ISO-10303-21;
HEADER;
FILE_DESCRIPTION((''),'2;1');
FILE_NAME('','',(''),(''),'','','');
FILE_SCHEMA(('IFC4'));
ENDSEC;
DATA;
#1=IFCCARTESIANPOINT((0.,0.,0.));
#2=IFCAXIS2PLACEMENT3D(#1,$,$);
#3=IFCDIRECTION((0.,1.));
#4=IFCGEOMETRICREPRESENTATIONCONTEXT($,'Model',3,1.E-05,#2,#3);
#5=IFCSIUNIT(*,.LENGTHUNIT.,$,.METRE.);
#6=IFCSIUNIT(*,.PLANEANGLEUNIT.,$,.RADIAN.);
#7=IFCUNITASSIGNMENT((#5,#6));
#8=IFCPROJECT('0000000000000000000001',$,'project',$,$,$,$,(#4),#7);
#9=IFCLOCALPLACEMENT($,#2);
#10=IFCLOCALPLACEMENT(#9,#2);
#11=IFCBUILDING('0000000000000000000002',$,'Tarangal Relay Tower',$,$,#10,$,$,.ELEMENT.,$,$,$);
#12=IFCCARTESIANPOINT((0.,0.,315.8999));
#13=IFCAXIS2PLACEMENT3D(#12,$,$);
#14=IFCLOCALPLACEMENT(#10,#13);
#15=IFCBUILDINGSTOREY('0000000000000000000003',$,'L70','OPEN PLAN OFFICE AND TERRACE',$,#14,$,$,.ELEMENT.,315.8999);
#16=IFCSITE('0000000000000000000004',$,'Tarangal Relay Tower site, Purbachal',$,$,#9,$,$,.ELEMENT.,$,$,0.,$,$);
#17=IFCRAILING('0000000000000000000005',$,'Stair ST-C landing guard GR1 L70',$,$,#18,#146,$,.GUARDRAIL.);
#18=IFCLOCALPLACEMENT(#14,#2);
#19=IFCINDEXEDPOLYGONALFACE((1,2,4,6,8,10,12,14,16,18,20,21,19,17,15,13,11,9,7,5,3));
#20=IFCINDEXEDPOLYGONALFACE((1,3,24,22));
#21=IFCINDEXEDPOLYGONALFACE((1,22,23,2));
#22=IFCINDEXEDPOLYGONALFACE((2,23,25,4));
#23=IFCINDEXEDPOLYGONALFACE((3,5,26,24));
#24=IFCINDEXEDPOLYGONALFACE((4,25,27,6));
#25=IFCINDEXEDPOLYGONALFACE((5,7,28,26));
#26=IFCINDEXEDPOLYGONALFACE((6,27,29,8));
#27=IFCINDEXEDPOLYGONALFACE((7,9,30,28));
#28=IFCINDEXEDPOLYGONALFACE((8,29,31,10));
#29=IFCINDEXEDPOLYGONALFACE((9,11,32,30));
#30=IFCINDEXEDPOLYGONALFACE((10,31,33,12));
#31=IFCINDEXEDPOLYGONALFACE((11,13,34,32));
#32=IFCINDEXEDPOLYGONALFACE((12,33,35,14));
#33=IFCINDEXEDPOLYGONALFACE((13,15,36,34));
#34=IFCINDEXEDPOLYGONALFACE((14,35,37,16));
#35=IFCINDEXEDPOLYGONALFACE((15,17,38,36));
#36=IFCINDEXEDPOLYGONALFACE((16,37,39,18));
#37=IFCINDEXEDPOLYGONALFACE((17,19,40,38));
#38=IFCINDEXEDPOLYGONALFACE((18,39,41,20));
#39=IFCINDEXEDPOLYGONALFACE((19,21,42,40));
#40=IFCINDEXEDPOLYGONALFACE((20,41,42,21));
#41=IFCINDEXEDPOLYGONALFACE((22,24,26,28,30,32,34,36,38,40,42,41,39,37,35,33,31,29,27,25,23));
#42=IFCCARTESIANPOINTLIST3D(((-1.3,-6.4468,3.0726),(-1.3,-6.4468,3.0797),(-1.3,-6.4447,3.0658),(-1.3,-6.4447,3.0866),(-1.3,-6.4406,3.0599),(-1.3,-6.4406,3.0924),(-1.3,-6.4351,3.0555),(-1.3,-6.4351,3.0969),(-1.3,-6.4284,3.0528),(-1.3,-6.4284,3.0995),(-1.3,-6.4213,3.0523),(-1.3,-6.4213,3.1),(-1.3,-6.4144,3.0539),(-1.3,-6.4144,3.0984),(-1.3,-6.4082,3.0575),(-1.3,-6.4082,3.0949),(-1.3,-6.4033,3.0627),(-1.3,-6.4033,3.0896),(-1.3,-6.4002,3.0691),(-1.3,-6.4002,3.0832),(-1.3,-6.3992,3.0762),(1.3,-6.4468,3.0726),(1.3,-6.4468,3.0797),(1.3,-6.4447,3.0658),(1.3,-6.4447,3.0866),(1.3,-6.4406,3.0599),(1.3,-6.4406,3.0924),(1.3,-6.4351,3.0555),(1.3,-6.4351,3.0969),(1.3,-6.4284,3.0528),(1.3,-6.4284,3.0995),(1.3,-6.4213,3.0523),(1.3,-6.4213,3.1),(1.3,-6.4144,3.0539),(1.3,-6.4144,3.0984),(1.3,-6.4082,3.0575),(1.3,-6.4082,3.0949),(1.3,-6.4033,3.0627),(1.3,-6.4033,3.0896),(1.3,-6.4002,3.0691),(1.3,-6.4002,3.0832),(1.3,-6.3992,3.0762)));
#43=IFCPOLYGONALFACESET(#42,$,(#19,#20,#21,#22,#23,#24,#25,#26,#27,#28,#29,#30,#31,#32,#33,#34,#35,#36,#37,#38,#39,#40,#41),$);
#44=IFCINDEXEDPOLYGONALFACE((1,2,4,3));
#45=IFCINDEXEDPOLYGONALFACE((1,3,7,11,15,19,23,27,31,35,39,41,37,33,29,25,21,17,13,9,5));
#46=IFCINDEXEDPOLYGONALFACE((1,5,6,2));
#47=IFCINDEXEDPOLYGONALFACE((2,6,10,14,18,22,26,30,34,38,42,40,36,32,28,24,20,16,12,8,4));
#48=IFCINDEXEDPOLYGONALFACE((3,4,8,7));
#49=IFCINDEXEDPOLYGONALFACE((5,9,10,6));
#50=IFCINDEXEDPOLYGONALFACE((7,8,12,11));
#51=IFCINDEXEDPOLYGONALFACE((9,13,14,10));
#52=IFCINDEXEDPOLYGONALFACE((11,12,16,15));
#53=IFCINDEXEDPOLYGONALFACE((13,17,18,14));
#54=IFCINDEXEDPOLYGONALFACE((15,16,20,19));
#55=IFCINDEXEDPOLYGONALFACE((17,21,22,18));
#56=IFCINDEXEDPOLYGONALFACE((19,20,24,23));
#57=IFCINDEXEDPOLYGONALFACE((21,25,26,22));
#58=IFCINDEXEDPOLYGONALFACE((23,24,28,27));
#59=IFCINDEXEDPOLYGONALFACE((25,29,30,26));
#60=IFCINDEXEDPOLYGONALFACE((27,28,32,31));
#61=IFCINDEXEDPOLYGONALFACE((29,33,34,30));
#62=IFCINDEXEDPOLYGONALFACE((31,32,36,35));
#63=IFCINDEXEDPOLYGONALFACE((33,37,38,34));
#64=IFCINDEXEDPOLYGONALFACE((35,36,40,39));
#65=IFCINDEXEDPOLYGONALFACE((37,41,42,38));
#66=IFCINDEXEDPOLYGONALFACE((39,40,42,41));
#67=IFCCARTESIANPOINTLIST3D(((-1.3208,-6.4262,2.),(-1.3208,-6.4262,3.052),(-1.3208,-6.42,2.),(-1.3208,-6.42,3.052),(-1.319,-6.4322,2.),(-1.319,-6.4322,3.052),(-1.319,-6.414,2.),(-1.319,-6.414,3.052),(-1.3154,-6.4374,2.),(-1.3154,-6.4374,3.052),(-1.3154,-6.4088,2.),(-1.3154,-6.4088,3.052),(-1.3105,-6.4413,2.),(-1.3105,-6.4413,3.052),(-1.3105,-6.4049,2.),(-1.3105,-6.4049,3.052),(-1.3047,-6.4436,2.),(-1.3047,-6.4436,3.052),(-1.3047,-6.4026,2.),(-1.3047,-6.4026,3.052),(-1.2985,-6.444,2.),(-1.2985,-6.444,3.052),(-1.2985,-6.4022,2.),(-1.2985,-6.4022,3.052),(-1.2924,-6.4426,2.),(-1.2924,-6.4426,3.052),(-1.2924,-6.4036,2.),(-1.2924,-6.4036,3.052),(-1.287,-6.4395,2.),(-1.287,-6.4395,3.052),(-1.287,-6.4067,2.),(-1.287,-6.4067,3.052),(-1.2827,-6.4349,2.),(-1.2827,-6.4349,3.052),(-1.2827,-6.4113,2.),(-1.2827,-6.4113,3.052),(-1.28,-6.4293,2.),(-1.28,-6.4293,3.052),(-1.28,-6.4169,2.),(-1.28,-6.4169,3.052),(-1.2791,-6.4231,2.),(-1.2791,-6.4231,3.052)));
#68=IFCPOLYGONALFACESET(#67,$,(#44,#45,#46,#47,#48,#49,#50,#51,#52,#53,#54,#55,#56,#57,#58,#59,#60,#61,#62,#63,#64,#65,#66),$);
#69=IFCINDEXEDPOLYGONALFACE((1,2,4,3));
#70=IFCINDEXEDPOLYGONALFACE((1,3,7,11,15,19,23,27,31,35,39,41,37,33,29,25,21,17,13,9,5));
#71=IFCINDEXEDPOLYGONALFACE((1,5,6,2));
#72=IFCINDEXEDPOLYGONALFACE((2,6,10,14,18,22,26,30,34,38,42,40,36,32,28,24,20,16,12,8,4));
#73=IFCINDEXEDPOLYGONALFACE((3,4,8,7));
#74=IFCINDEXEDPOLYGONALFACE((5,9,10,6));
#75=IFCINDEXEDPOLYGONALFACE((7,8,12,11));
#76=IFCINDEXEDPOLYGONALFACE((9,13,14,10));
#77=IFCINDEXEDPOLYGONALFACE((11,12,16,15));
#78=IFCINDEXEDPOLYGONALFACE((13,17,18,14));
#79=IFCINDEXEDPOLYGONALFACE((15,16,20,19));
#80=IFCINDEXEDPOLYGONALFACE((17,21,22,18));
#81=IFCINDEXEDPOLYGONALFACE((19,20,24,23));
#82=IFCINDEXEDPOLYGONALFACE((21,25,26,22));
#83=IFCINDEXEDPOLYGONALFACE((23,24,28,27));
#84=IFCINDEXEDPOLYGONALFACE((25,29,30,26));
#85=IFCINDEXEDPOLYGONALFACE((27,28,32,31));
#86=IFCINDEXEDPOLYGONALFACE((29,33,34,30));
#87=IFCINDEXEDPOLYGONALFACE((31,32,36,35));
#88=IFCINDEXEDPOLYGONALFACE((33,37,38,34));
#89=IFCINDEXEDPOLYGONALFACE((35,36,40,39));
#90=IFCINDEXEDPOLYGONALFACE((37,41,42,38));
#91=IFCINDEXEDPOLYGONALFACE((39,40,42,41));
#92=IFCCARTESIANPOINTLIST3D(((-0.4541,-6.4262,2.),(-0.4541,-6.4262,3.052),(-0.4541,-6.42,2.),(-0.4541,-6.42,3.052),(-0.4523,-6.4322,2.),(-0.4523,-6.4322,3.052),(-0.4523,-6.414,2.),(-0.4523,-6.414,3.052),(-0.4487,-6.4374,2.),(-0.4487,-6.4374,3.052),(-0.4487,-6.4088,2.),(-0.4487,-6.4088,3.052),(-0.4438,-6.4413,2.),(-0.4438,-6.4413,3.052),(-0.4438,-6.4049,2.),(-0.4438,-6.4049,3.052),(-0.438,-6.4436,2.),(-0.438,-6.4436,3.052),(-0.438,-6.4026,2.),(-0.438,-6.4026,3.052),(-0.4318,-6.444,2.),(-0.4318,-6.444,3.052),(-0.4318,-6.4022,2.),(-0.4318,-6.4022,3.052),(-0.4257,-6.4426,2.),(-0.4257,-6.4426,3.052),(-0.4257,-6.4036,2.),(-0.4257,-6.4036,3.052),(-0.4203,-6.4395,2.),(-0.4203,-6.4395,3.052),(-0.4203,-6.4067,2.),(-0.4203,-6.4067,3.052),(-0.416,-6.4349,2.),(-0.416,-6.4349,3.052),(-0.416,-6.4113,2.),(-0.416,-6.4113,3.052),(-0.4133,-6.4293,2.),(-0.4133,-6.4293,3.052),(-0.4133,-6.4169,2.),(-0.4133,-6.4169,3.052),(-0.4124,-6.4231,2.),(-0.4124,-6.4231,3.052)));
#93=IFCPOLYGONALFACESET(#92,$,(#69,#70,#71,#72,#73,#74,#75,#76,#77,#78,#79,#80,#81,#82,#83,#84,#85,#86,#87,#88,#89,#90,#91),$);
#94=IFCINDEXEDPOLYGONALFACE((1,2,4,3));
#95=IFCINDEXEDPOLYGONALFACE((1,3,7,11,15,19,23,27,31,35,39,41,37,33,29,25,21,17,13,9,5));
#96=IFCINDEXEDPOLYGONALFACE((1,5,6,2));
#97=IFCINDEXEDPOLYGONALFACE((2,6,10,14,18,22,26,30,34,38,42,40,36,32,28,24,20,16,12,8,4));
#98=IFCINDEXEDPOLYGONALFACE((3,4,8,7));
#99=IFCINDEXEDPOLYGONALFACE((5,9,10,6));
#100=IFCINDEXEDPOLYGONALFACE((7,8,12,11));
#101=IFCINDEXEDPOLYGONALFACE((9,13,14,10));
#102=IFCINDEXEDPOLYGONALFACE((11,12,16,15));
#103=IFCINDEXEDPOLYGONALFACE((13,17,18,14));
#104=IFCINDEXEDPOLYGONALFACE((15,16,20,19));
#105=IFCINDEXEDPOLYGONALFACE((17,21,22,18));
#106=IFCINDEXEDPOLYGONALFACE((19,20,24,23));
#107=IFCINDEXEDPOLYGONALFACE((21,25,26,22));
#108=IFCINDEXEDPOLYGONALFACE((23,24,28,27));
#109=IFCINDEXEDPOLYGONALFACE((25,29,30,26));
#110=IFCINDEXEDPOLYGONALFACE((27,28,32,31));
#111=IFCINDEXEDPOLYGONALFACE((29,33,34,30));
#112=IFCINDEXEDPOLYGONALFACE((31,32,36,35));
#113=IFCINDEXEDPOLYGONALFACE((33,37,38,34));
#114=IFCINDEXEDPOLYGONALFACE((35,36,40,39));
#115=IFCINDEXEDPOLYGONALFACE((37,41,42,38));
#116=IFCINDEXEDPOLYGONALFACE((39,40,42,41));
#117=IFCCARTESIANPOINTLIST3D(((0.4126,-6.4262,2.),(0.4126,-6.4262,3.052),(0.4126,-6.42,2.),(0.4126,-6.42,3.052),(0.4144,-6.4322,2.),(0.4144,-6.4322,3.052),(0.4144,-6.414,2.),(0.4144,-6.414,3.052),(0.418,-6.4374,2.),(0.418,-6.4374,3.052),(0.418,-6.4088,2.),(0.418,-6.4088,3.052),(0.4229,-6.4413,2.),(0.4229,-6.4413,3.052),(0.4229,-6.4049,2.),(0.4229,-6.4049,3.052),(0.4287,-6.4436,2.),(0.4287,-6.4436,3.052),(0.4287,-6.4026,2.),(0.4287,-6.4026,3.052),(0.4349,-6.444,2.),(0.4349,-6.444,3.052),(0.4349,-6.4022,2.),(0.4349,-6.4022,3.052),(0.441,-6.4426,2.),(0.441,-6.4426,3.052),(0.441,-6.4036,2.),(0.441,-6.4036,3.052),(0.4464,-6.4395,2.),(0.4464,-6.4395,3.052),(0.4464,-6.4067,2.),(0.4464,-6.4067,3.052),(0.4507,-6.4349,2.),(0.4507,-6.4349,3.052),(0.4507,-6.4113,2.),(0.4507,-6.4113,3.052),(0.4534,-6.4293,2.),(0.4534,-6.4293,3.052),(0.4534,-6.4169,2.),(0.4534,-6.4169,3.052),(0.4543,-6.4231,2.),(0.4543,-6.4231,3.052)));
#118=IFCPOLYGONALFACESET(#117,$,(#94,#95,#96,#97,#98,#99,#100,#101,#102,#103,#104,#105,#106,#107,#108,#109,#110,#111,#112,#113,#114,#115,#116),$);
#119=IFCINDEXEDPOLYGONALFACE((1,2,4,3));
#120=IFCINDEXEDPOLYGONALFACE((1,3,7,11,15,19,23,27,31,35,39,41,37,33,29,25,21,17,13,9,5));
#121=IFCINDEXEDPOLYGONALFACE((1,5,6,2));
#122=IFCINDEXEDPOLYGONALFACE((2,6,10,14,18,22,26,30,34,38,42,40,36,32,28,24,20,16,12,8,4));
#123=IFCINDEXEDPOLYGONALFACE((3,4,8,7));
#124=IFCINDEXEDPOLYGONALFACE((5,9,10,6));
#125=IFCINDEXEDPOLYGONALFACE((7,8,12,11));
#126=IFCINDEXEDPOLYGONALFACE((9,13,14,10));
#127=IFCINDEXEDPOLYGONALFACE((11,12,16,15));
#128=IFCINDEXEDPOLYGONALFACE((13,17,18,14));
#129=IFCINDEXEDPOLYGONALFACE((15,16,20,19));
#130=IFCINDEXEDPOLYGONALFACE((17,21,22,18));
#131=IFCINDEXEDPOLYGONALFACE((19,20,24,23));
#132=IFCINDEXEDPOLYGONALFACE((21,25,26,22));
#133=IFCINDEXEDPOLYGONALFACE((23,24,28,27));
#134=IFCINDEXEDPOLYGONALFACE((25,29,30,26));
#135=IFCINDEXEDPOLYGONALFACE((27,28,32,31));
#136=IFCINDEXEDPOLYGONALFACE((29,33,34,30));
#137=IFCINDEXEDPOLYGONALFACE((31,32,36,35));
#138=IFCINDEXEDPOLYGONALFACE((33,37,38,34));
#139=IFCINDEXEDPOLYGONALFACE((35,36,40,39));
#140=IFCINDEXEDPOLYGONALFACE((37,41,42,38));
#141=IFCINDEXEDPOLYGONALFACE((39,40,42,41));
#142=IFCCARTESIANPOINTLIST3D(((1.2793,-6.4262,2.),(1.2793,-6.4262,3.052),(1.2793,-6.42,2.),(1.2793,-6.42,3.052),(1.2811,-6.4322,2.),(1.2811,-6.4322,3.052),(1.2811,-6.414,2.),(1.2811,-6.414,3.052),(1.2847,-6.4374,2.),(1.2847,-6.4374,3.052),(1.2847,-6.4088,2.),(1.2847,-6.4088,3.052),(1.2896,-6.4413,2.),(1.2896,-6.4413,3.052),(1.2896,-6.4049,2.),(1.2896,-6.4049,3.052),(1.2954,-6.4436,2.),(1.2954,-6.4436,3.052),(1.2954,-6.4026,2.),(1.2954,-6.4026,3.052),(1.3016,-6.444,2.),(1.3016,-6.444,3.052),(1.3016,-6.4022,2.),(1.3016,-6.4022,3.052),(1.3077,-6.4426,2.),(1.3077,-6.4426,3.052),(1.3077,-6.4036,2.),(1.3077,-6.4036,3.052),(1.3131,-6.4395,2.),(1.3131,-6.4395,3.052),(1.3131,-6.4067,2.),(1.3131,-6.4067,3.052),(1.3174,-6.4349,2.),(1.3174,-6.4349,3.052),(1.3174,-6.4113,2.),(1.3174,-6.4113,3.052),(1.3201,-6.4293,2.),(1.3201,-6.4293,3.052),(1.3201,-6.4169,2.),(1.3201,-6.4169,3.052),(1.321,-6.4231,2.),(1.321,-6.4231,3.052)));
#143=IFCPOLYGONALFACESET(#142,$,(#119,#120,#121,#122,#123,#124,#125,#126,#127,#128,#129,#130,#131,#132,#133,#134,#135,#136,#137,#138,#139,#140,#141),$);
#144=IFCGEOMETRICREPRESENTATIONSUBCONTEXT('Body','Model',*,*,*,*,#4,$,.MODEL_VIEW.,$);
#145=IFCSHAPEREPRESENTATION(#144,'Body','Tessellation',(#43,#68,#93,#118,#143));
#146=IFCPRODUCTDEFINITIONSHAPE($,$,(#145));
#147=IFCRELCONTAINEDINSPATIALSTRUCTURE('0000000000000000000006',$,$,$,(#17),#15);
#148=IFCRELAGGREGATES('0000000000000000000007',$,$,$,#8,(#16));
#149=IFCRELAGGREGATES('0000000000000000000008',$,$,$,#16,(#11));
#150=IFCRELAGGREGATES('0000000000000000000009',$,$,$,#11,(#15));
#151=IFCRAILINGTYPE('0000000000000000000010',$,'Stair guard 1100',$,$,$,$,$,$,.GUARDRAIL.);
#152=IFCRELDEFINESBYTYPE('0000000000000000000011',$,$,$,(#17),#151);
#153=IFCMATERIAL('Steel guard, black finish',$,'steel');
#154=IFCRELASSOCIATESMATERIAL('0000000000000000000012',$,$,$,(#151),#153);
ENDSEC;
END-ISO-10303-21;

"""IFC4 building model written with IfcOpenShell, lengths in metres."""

from ifc_helpers import new_model, si_unit, direction, frame, origin, origin_2d, place, context, subcontext, project, spatial, circle, extrude, material, type_object, element, save


model = new_model("IFC4")

# Units and contexts
model_context = context("Model", 3, precision=1e-05, world=origin(), true_north=direction((0.0, 1.0)))
body_context = subcontext(model_context, "Body", "Model", "MODEL_VIEW")
ifc_project = project(units=[si_unit("LENGTHUNIT", "METRE"), si_unit("PLANEANGLEUNIT", "RADIAN")], contexts=[model_context])

# Site, building, storey
site_placement = place(None, origin())
site = spatial("IfcSite", under=ifc_project, at=site_placement, Name="Tarangal Relay Tower site, Purbachal", CompositionType="ELEMENT", RefElevation=0.0)
building_placement = place(site_placement, origin())
building = spatial("IfcBuilding", under=site, at=building_placement, Name="Tarangal Relay Tower", CompositionType="ELEMENT")
storey_placement = place(building_placement, frame((0.0, 0.0, 315.8999)))
storey = spatial("IfcBuildingStorey", under=building, at=storey_placement, Name="L70", Description="OPEN PLAN OFFICE AND TERRACE", CompositionType="ELEMENT", Elevation=315.8999)

# Railing
ifc_material_1 = material(Name="Steel guard, black finish", Category="steel")
railing_type_1 = type_object("IfcRailingType", Name="Stair guard 1100", PredefinedType="GUARDRAIL", material=ifc_material_1)
railing_1_placement = place(storey_placement, frame((-1.3, -6.4231, 2.0)))
element("IfcRailing", 1, at=railing_1_placement, inside=storey, type_object=railing_type_1, Name="Stair ST-C landing guard GR1 L70", PredefinedType="GUARDRAIL", context=body_context, shape_type="SweptSolid", body=[
    extrude(circle(Radius=0.0239, at=origin_2d()), frame((0.0, 0.0, 1.0762), z_axis=(1.0, 0.0, 0.0), x_axis=(0.0, 1.0, 0.0)), (0.0, 0.0, 1.0), 2.6001),
    extrude(circle(Radius=0.021, at=origin_2d()), origin(), (0.0, 0.0, 1.0), 1.052),
    extrude(circle(Radius=0.021, at=origin_2d()), frame((0.8667, 0.0, 0.0)), (0.0, 0.0, 1.0), 1.052),
    extrude(circle(Radius=0.021, at=origin_2d()), frame((1.7334, 0.0, 0.0)), (0.0, 0.0, 1.0), 1.052),
    extrude(circle(Radius=0.021, at=origin_2d()), frame((2.6001, 0.0, 0.0)), (0.0, 0.0, 1.0), 1.052),
])

save(model, "model.ifc")
